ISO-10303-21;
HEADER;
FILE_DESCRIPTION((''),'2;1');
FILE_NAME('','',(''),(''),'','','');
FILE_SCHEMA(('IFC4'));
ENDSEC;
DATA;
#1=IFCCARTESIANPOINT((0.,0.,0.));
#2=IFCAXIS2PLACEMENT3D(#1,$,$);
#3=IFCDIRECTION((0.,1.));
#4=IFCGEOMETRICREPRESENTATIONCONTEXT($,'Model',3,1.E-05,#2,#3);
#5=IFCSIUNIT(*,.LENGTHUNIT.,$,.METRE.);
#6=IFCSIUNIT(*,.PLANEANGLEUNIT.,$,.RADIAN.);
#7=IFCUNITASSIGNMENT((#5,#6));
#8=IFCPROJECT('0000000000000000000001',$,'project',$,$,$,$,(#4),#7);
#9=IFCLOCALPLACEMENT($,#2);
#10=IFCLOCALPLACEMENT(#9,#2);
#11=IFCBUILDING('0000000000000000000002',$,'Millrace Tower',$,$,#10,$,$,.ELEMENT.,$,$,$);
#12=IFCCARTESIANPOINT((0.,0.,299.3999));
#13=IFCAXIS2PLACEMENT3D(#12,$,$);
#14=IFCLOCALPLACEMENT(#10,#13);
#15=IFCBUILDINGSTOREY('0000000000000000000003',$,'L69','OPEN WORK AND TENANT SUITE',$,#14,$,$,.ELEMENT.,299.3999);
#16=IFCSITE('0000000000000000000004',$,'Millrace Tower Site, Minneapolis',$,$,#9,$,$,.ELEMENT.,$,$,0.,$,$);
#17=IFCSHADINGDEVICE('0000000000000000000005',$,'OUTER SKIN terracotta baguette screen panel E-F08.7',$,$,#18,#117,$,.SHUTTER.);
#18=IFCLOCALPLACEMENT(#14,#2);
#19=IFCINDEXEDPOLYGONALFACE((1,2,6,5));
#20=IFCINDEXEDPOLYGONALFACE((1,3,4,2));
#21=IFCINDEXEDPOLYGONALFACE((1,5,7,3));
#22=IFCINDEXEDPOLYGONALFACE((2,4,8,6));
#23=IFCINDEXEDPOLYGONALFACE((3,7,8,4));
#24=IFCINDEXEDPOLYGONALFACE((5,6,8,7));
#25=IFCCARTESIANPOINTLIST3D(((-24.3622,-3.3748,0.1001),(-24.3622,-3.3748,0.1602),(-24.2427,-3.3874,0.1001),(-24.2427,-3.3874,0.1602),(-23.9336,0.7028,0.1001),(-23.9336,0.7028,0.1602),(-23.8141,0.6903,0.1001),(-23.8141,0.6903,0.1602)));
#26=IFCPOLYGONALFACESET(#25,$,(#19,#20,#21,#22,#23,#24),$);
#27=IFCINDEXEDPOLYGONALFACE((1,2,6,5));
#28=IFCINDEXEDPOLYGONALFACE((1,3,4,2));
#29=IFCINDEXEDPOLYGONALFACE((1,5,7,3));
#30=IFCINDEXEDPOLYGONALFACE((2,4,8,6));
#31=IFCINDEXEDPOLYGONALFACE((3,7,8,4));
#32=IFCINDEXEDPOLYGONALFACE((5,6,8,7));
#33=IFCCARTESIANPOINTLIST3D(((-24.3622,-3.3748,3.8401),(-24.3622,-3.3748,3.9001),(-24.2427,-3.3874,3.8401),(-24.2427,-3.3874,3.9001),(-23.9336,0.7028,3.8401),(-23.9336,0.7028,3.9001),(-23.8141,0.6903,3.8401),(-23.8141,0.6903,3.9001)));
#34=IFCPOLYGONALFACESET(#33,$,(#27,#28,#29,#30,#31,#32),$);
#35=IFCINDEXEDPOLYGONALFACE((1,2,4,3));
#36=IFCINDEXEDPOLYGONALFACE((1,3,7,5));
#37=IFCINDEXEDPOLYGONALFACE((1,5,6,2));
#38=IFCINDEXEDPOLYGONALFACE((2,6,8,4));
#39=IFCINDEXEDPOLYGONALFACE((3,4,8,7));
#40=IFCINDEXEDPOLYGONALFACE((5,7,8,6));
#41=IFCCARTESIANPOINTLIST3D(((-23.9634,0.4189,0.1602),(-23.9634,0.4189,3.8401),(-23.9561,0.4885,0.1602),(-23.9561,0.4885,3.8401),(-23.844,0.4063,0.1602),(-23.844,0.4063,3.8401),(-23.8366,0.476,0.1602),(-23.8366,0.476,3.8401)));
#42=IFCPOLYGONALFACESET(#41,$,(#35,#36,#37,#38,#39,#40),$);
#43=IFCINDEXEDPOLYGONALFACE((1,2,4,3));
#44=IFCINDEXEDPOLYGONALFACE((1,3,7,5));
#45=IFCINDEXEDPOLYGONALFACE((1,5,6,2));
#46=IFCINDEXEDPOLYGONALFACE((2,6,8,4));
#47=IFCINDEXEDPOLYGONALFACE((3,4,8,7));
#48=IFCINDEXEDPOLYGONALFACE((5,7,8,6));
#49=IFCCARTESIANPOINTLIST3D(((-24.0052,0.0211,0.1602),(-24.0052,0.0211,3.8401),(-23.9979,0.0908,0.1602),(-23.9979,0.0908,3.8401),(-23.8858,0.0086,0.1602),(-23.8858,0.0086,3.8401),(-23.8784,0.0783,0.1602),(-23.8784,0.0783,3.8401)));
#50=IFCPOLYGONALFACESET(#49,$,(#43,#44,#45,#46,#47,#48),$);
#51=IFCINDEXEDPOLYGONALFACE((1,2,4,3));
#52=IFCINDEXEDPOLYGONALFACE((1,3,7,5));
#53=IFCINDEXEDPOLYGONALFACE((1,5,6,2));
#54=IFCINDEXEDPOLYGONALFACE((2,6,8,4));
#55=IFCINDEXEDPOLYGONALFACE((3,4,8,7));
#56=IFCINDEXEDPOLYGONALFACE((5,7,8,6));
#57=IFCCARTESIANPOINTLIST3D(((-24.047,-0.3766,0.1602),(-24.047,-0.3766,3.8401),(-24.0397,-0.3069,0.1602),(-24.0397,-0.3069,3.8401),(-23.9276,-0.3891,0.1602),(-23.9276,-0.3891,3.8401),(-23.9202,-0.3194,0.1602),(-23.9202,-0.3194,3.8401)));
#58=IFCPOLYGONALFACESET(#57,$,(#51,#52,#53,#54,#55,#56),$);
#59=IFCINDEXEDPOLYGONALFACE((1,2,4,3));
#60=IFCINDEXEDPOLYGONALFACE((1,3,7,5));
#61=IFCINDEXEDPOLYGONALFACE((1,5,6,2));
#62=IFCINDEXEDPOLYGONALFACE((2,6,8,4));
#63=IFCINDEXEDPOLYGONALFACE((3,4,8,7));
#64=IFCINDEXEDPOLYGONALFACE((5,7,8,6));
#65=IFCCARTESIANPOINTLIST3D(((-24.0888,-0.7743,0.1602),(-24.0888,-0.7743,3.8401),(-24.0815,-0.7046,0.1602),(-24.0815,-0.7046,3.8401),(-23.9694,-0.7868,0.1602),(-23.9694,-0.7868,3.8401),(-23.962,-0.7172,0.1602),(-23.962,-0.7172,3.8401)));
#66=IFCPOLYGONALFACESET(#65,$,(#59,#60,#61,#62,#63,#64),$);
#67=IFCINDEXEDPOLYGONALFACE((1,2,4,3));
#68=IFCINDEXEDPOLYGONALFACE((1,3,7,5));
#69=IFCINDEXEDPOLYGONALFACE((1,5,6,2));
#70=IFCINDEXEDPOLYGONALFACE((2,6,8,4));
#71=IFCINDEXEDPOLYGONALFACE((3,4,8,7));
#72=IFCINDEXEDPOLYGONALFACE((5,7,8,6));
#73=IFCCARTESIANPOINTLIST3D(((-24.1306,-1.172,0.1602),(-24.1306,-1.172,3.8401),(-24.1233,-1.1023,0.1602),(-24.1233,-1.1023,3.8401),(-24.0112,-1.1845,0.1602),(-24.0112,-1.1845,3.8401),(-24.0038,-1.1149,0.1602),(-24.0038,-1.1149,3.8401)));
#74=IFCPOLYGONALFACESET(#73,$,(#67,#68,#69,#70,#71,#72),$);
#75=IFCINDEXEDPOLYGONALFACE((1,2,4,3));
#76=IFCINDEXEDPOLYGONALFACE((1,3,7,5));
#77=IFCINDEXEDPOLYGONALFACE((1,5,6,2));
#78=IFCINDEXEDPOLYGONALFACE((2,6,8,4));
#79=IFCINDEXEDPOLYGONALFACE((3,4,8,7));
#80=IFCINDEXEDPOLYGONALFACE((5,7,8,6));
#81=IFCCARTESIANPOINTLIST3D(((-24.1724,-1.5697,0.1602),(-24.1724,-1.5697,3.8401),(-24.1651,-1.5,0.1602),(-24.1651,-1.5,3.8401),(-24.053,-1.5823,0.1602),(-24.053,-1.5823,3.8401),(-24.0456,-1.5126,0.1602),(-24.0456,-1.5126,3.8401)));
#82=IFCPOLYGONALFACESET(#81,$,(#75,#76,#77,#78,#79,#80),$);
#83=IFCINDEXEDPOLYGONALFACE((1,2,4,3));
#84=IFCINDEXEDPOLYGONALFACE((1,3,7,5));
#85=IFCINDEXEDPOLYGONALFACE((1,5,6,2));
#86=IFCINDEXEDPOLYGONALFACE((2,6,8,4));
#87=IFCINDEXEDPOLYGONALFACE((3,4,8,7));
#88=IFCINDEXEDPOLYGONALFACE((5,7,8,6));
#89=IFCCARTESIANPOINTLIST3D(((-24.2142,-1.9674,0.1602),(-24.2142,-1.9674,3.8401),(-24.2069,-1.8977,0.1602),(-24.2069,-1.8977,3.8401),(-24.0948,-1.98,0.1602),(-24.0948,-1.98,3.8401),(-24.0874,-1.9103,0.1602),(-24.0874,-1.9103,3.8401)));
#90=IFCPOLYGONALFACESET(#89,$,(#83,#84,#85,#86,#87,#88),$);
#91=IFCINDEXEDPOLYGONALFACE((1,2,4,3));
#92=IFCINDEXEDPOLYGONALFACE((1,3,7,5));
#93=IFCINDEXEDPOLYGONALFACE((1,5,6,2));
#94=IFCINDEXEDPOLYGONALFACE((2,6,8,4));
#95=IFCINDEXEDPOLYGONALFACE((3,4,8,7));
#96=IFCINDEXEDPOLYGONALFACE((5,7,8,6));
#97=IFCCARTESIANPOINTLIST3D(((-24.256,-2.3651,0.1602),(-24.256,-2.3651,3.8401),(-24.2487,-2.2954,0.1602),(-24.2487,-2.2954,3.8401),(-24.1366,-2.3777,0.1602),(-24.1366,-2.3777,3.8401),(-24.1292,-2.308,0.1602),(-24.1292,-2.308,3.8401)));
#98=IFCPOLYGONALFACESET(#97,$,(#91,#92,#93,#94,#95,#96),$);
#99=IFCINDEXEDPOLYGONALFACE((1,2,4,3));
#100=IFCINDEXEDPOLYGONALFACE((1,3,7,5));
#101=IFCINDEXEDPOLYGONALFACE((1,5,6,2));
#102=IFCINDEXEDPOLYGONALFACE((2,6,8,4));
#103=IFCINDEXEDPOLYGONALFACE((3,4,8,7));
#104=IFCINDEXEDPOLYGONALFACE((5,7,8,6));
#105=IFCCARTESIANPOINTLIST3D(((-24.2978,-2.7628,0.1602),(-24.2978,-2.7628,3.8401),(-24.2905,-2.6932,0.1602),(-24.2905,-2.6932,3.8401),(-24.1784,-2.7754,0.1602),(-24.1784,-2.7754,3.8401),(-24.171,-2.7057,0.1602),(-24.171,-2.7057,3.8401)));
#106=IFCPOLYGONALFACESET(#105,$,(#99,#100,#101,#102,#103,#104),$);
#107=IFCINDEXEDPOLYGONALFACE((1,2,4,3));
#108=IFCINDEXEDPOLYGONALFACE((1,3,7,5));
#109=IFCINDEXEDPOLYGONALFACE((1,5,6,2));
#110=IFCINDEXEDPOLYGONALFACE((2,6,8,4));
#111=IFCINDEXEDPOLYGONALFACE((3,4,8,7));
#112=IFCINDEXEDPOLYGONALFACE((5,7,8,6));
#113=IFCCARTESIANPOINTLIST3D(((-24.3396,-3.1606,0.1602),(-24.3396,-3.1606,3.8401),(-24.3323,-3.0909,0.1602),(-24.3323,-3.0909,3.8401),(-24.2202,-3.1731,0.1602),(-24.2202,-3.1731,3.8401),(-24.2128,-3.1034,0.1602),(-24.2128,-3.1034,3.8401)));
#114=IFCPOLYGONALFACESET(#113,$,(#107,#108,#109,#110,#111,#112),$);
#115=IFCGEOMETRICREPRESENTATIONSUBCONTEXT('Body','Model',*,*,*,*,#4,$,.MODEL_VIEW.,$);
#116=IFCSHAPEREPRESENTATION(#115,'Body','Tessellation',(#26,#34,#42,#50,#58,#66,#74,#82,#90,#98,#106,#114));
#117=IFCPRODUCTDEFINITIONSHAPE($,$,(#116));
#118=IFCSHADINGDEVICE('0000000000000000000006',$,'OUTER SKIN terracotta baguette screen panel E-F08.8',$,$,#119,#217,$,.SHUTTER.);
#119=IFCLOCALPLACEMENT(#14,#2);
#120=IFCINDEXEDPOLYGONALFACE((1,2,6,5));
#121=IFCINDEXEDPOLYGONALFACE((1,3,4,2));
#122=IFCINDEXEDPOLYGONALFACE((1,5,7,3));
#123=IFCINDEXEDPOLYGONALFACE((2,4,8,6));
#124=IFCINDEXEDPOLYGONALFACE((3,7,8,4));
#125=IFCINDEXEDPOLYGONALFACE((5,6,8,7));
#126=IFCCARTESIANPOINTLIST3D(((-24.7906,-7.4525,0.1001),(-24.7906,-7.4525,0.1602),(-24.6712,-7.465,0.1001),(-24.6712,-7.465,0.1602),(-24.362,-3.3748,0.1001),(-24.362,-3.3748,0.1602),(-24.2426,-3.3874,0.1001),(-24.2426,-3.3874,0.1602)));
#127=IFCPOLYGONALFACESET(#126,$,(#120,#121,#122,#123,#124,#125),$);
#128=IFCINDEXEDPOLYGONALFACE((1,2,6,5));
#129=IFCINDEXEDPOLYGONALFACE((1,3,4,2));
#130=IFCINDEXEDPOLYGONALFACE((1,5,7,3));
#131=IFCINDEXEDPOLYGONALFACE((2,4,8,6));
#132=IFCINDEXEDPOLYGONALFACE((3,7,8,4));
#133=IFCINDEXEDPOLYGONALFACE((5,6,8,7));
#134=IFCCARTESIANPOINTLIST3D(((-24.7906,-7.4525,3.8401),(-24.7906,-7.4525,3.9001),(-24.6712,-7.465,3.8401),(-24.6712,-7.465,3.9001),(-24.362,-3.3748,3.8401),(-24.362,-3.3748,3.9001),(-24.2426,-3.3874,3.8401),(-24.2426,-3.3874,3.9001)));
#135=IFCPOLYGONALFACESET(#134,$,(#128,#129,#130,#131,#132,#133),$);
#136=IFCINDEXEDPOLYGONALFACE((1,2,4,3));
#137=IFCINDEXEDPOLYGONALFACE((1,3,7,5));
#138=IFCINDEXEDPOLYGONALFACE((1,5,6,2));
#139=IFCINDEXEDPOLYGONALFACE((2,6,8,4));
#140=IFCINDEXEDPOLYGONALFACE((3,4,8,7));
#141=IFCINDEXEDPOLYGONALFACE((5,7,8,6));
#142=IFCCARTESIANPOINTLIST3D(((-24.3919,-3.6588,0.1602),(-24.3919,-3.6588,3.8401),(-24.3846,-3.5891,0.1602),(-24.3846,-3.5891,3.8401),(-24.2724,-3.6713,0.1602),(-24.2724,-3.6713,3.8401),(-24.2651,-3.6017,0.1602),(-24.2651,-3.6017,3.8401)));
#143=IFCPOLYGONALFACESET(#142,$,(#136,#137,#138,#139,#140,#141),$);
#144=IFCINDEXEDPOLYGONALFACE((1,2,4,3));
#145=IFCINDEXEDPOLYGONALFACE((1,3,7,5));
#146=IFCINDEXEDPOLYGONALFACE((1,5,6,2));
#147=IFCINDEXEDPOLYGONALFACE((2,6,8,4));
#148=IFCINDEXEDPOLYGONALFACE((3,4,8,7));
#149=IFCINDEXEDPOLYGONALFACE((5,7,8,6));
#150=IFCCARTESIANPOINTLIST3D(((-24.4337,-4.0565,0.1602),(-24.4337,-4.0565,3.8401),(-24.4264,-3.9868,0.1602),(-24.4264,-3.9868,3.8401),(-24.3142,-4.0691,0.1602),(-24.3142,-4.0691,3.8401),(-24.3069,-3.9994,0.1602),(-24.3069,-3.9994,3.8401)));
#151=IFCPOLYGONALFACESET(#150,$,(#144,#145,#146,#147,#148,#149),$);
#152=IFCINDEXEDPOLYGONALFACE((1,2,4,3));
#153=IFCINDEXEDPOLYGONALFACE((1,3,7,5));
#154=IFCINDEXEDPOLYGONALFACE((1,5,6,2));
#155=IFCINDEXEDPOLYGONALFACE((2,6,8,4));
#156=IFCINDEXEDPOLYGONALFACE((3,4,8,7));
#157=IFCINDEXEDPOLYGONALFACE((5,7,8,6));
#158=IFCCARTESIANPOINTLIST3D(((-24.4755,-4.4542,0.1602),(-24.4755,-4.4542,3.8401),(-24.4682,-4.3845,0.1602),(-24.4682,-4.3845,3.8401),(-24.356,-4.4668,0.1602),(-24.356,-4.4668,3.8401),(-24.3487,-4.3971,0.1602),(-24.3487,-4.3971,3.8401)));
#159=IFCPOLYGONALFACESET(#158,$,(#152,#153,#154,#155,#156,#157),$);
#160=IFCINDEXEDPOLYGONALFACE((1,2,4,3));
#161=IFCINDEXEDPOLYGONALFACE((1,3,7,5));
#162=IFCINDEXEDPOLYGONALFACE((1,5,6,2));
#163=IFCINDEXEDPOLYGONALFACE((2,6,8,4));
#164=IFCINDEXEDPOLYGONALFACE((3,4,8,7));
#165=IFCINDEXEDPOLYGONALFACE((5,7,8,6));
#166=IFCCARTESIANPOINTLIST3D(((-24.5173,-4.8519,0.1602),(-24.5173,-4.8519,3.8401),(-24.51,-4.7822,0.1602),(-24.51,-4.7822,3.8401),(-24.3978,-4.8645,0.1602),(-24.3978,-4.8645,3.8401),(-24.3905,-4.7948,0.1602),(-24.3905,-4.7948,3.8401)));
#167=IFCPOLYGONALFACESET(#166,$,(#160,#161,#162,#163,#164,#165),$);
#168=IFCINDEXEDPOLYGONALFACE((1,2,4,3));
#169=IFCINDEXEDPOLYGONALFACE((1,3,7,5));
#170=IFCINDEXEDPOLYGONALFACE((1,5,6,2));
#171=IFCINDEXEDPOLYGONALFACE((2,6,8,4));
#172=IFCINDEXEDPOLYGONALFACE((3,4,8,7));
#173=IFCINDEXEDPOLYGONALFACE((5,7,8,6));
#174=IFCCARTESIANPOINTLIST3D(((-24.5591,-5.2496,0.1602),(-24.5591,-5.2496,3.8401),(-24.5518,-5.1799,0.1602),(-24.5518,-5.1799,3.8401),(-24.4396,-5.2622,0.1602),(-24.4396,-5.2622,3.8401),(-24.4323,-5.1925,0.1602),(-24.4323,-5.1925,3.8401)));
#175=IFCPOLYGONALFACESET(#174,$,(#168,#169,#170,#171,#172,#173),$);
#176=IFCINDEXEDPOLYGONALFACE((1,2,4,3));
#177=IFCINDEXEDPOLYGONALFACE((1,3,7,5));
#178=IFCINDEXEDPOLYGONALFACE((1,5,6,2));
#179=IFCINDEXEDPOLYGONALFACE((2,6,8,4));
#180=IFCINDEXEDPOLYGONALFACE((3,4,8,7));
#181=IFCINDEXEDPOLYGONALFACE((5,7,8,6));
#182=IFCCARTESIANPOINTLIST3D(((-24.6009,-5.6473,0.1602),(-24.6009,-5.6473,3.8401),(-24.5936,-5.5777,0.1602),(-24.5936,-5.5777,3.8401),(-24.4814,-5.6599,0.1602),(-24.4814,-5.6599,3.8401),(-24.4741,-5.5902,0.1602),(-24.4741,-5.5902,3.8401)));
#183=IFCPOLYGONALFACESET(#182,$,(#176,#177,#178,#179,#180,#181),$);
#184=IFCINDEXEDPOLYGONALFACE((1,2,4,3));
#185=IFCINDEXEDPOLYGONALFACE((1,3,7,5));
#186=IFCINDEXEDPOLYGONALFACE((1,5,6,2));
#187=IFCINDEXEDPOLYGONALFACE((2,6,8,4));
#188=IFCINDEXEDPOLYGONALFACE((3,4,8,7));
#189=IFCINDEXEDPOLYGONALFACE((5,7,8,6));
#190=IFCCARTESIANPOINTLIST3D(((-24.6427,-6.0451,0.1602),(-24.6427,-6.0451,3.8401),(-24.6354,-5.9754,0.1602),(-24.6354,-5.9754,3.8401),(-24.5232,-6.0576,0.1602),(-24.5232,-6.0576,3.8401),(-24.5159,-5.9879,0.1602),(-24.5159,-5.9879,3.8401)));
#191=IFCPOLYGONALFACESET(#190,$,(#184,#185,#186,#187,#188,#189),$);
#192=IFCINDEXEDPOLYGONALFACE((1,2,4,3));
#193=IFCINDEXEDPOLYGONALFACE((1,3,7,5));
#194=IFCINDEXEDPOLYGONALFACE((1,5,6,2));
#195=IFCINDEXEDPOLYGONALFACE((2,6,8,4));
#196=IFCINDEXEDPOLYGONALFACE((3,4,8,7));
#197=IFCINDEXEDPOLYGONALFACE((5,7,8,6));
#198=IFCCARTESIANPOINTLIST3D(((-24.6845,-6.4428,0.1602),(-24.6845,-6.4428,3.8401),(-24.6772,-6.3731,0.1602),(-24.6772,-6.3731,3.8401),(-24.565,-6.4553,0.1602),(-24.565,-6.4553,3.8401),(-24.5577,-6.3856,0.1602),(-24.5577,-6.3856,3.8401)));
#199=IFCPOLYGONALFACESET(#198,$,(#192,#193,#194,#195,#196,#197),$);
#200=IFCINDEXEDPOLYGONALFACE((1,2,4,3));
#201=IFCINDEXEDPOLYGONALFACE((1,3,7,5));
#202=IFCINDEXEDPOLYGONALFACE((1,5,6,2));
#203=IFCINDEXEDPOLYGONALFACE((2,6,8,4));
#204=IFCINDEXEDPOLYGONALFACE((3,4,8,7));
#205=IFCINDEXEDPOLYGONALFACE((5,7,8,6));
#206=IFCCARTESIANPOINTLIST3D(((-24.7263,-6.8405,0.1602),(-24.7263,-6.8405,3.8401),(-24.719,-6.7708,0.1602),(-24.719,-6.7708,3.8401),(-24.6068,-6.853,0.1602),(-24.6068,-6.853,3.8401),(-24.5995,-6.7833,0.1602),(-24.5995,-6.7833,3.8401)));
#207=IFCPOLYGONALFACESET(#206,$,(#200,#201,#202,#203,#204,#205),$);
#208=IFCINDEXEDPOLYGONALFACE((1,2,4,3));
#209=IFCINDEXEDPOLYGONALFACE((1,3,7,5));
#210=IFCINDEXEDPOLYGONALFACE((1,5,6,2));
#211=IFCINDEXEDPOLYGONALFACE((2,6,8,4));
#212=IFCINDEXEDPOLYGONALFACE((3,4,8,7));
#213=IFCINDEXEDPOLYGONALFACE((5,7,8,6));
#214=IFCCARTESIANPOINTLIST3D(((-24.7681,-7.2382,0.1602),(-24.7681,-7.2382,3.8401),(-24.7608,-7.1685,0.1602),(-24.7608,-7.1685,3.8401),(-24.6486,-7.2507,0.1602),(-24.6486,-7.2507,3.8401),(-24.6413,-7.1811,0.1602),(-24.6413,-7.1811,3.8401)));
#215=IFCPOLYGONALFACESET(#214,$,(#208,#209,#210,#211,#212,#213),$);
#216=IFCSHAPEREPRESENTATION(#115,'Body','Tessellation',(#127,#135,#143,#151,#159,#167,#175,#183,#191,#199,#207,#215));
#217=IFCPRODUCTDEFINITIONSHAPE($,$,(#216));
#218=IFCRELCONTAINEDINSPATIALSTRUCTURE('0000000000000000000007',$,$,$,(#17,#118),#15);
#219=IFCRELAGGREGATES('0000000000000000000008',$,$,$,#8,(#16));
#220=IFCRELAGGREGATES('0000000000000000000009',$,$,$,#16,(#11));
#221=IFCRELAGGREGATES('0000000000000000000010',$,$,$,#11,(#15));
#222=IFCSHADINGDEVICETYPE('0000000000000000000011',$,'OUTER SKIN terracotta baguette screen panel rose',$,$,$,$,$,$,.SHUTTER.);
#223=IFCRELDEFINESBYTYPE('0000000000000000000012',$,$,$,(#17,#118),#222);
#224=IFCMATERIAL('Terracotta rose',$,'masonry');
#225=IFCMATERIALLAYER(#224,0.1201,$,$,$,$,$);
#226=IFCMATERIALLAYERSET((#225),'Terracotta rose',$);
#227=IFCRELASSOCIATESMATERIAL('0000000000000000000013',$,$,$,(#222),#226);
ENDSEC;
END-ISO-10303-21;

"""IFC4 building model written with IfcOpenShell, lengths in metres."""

from ifc_helpers import new_model, entity, si_unit, direction, frame, frame_2d, origin, place, context, subcontext, project, spatial, rectangle, extrude, source, transform, mapped, material, layer, layer_set, type_object, element, save


model = new_model("IFC4")

# Units and contexts
model_context = context("Model", 3, precision=1e-05, world=origin(), true_north=direction((0.0, 1.0)))
body_context = subcontext(model_context, "Body", "Model", "MODEL_VIEW")
ifc_project = project(units=[si_unit("LENGTHUNIT", "METRE"), si_unit("PLANEANGLEUNIT", "RADIAN")], contexts=[model_context])

# Site, building, storey
site_placement = place(None, origin())
site = spatial("IfcSite", under=ifc_project, at=site_placement, Name="Millrace Tower Site, Minneapolis", CompositionType="ELEMENT", RefElevation=0.0)
building_placement = place(site_placement, origin())
building = spatial("IfcBuilding", under=site, at=building_placement, Name="Millrace Tower", CompositionType="ELEMENT")
storey_placement = place(building_placement, frame((0.0, 0.0, 299.3999)))
storey = spatial("IfcBuildingStorey", under=building, at=storey_placement, Name="L69", Description="OPEN WORK AND TENANT SUITE", CompositionType="ELEMENT", Elevation=299.3999)

# Shading devices
ifc_material_1 = material(Name="Terracotta rose", Category="masonry")
ifc_layer_1 = layer(ifc_material_1, 0.1201)
ifc_layer_set_1 = layer_set([ifc_layer_1], Name="Terracotta rose")
shading_device_type = type_object("IfcShadingDeviceType", Name="OUTER SKIN terracotta baguette screen panel rose", PredefinedType="SHUTTER", material=ifc_layer_set_1)
cartesian_point_1 = entity("IfcCartesianPoint", [-2.05, 0.0601])
shared_polyline_1 = entity("IfcPolyline", [cartesian_point_1, entity("IfcCartesianPoint", [2.05, 0.0601]), entity("IfcCartesianPoint", [2.05, -0.0601]), entity("IfcCartesianPoint", [-2.05, -0.0601]), cartesian_point_1])
shared_shape_1 = source(origin(), body_context, "Body", "SweptSolid", [
    entity("IfcExtrudedAreaSolid", entity("IfcArbitraryClosedProfileDef", "AREA", None, shared_polyline_1), entity("IfcAxis2Placement3D", entity("IfcCartesianPoint", [0.0, 0.0, 0.0])), entity("IfcDirection", [0.0, 0.0, 1.0]), 0.0601),
    entity("IfcExtrudedAreaSolid", entity("IfcArbitraryClosedProfileDef", "AREA", None, shared_polyline_1), entity("IfcAxis2Placement3D", entity("IfcCartesianPoint", [0.0, 0.0, 3.74])), entity("IfcDirection", [0.0, 0.0, 1.0]), 0.0601),
    extrude(rectangle(XDim=0.0701, YDim=0.1201, at=frame_2d((-1.7996, 0.0))), frame((0.0, 0.0, 0.0601)), (0.0, 0.0, 1.0), 3.6799),
    extrude(rectangle(XDim=0.0701, YDim=0.1201, at=frame_2d((-1.3997, 0.0))), frame((0.0, 0.0, 0.0601)), (0.0, 0.0, 1.0), 3.6799),
    extrude(rectangle(XDim=0.0701, YDim=0.1201, at=frame_2d((-0.9998, 0.0))), frame((0.0, 0.0, 0.0601)), (0.0, 0.0, 1.0), 3.6799),
    extrude(rectangle(XDim=0.0701, YDim=0.1201, at=frame_2d((-0.5999, 0.0))), frame((0.0, 0.0, 0.0601)), (0.0, 0.0, 1.0), 3.6799),
    extrude(rectangle(XDim=0.0701, YDim=0.1201, at=frame_2d((-0.2, 0.0))), frame((0.0, 0.0, 0.0601)), (0.0, 0.0, 1.0), 3.6799),
    extrude(rectangle(XDim=0.0701, YDim=0.1201, at=frame_2d((0.2, 0.0))), frame((0.0, 0.0, 0.0601)), (0.0, 0.0, 1.0), 3.6799),
    extrude(rectangle(XDim=0.0701, YDim=0.1201, at=frame_2d((0.5999, 0.0))), frame((0.0, 0.0, 0.0601)), (0.0, 0.0, 1.0), 3.6799),
    extrude(rectangle(XDim=0.0701, YDim=0.1201, at=frame_2d((0.9998, 0.0))), frame((0.0, 0.0, 0.0601)), (0.0, 0.0, 1.0), 3.6799),
    extrude(rectangle(XDim=0.0701, YDim=0.1201, at=frame_2d((1.3997, 0.0))), frame((0.0, 0.0, 0.0601)), (0.0, 0.0, 1.0), 3.6799),
    extrude(rectangle(XDim=0.0701, YDim=0.1201, at=frame_2d((1.7996, 0.0))), frame((0.0, 0.0, 0.0601)), (0.0, 0.0, 1.0), 3.6799),
])
for number, where, z_axis, x_axis, name in (
    (1, (-24.0881, -1.3423, 0.1001), (0.0, 0.0, 1.0), (-0.104528, -0.994522, 0.0), "OUTER SKIN terracotta baguette screen panel E-F08.7"),
    (2, (-24.5166, -5.4199, 0.1001), (0.0, 0.0, 1.0), (-0.104528, -0.994522, 0.0), "OUTER SKIN terracotta baguette screen panel E-F08.8"),
):
    element("IfcShadingDevice", number, at=place(storey_placement, frame(where, z_axis=z_axis, x_axis=x_axis)), inside=storey, type_object=shading_device_type, Name=name, PredefinedType="SHUTTER", context=body_context, shape_type="MappedRepresentation", body=[
        mapped(shared_shape_1, transform((0.0, 0.0, 0.0), scale=1.0)),
    ])

save(model, "model.ifc")
